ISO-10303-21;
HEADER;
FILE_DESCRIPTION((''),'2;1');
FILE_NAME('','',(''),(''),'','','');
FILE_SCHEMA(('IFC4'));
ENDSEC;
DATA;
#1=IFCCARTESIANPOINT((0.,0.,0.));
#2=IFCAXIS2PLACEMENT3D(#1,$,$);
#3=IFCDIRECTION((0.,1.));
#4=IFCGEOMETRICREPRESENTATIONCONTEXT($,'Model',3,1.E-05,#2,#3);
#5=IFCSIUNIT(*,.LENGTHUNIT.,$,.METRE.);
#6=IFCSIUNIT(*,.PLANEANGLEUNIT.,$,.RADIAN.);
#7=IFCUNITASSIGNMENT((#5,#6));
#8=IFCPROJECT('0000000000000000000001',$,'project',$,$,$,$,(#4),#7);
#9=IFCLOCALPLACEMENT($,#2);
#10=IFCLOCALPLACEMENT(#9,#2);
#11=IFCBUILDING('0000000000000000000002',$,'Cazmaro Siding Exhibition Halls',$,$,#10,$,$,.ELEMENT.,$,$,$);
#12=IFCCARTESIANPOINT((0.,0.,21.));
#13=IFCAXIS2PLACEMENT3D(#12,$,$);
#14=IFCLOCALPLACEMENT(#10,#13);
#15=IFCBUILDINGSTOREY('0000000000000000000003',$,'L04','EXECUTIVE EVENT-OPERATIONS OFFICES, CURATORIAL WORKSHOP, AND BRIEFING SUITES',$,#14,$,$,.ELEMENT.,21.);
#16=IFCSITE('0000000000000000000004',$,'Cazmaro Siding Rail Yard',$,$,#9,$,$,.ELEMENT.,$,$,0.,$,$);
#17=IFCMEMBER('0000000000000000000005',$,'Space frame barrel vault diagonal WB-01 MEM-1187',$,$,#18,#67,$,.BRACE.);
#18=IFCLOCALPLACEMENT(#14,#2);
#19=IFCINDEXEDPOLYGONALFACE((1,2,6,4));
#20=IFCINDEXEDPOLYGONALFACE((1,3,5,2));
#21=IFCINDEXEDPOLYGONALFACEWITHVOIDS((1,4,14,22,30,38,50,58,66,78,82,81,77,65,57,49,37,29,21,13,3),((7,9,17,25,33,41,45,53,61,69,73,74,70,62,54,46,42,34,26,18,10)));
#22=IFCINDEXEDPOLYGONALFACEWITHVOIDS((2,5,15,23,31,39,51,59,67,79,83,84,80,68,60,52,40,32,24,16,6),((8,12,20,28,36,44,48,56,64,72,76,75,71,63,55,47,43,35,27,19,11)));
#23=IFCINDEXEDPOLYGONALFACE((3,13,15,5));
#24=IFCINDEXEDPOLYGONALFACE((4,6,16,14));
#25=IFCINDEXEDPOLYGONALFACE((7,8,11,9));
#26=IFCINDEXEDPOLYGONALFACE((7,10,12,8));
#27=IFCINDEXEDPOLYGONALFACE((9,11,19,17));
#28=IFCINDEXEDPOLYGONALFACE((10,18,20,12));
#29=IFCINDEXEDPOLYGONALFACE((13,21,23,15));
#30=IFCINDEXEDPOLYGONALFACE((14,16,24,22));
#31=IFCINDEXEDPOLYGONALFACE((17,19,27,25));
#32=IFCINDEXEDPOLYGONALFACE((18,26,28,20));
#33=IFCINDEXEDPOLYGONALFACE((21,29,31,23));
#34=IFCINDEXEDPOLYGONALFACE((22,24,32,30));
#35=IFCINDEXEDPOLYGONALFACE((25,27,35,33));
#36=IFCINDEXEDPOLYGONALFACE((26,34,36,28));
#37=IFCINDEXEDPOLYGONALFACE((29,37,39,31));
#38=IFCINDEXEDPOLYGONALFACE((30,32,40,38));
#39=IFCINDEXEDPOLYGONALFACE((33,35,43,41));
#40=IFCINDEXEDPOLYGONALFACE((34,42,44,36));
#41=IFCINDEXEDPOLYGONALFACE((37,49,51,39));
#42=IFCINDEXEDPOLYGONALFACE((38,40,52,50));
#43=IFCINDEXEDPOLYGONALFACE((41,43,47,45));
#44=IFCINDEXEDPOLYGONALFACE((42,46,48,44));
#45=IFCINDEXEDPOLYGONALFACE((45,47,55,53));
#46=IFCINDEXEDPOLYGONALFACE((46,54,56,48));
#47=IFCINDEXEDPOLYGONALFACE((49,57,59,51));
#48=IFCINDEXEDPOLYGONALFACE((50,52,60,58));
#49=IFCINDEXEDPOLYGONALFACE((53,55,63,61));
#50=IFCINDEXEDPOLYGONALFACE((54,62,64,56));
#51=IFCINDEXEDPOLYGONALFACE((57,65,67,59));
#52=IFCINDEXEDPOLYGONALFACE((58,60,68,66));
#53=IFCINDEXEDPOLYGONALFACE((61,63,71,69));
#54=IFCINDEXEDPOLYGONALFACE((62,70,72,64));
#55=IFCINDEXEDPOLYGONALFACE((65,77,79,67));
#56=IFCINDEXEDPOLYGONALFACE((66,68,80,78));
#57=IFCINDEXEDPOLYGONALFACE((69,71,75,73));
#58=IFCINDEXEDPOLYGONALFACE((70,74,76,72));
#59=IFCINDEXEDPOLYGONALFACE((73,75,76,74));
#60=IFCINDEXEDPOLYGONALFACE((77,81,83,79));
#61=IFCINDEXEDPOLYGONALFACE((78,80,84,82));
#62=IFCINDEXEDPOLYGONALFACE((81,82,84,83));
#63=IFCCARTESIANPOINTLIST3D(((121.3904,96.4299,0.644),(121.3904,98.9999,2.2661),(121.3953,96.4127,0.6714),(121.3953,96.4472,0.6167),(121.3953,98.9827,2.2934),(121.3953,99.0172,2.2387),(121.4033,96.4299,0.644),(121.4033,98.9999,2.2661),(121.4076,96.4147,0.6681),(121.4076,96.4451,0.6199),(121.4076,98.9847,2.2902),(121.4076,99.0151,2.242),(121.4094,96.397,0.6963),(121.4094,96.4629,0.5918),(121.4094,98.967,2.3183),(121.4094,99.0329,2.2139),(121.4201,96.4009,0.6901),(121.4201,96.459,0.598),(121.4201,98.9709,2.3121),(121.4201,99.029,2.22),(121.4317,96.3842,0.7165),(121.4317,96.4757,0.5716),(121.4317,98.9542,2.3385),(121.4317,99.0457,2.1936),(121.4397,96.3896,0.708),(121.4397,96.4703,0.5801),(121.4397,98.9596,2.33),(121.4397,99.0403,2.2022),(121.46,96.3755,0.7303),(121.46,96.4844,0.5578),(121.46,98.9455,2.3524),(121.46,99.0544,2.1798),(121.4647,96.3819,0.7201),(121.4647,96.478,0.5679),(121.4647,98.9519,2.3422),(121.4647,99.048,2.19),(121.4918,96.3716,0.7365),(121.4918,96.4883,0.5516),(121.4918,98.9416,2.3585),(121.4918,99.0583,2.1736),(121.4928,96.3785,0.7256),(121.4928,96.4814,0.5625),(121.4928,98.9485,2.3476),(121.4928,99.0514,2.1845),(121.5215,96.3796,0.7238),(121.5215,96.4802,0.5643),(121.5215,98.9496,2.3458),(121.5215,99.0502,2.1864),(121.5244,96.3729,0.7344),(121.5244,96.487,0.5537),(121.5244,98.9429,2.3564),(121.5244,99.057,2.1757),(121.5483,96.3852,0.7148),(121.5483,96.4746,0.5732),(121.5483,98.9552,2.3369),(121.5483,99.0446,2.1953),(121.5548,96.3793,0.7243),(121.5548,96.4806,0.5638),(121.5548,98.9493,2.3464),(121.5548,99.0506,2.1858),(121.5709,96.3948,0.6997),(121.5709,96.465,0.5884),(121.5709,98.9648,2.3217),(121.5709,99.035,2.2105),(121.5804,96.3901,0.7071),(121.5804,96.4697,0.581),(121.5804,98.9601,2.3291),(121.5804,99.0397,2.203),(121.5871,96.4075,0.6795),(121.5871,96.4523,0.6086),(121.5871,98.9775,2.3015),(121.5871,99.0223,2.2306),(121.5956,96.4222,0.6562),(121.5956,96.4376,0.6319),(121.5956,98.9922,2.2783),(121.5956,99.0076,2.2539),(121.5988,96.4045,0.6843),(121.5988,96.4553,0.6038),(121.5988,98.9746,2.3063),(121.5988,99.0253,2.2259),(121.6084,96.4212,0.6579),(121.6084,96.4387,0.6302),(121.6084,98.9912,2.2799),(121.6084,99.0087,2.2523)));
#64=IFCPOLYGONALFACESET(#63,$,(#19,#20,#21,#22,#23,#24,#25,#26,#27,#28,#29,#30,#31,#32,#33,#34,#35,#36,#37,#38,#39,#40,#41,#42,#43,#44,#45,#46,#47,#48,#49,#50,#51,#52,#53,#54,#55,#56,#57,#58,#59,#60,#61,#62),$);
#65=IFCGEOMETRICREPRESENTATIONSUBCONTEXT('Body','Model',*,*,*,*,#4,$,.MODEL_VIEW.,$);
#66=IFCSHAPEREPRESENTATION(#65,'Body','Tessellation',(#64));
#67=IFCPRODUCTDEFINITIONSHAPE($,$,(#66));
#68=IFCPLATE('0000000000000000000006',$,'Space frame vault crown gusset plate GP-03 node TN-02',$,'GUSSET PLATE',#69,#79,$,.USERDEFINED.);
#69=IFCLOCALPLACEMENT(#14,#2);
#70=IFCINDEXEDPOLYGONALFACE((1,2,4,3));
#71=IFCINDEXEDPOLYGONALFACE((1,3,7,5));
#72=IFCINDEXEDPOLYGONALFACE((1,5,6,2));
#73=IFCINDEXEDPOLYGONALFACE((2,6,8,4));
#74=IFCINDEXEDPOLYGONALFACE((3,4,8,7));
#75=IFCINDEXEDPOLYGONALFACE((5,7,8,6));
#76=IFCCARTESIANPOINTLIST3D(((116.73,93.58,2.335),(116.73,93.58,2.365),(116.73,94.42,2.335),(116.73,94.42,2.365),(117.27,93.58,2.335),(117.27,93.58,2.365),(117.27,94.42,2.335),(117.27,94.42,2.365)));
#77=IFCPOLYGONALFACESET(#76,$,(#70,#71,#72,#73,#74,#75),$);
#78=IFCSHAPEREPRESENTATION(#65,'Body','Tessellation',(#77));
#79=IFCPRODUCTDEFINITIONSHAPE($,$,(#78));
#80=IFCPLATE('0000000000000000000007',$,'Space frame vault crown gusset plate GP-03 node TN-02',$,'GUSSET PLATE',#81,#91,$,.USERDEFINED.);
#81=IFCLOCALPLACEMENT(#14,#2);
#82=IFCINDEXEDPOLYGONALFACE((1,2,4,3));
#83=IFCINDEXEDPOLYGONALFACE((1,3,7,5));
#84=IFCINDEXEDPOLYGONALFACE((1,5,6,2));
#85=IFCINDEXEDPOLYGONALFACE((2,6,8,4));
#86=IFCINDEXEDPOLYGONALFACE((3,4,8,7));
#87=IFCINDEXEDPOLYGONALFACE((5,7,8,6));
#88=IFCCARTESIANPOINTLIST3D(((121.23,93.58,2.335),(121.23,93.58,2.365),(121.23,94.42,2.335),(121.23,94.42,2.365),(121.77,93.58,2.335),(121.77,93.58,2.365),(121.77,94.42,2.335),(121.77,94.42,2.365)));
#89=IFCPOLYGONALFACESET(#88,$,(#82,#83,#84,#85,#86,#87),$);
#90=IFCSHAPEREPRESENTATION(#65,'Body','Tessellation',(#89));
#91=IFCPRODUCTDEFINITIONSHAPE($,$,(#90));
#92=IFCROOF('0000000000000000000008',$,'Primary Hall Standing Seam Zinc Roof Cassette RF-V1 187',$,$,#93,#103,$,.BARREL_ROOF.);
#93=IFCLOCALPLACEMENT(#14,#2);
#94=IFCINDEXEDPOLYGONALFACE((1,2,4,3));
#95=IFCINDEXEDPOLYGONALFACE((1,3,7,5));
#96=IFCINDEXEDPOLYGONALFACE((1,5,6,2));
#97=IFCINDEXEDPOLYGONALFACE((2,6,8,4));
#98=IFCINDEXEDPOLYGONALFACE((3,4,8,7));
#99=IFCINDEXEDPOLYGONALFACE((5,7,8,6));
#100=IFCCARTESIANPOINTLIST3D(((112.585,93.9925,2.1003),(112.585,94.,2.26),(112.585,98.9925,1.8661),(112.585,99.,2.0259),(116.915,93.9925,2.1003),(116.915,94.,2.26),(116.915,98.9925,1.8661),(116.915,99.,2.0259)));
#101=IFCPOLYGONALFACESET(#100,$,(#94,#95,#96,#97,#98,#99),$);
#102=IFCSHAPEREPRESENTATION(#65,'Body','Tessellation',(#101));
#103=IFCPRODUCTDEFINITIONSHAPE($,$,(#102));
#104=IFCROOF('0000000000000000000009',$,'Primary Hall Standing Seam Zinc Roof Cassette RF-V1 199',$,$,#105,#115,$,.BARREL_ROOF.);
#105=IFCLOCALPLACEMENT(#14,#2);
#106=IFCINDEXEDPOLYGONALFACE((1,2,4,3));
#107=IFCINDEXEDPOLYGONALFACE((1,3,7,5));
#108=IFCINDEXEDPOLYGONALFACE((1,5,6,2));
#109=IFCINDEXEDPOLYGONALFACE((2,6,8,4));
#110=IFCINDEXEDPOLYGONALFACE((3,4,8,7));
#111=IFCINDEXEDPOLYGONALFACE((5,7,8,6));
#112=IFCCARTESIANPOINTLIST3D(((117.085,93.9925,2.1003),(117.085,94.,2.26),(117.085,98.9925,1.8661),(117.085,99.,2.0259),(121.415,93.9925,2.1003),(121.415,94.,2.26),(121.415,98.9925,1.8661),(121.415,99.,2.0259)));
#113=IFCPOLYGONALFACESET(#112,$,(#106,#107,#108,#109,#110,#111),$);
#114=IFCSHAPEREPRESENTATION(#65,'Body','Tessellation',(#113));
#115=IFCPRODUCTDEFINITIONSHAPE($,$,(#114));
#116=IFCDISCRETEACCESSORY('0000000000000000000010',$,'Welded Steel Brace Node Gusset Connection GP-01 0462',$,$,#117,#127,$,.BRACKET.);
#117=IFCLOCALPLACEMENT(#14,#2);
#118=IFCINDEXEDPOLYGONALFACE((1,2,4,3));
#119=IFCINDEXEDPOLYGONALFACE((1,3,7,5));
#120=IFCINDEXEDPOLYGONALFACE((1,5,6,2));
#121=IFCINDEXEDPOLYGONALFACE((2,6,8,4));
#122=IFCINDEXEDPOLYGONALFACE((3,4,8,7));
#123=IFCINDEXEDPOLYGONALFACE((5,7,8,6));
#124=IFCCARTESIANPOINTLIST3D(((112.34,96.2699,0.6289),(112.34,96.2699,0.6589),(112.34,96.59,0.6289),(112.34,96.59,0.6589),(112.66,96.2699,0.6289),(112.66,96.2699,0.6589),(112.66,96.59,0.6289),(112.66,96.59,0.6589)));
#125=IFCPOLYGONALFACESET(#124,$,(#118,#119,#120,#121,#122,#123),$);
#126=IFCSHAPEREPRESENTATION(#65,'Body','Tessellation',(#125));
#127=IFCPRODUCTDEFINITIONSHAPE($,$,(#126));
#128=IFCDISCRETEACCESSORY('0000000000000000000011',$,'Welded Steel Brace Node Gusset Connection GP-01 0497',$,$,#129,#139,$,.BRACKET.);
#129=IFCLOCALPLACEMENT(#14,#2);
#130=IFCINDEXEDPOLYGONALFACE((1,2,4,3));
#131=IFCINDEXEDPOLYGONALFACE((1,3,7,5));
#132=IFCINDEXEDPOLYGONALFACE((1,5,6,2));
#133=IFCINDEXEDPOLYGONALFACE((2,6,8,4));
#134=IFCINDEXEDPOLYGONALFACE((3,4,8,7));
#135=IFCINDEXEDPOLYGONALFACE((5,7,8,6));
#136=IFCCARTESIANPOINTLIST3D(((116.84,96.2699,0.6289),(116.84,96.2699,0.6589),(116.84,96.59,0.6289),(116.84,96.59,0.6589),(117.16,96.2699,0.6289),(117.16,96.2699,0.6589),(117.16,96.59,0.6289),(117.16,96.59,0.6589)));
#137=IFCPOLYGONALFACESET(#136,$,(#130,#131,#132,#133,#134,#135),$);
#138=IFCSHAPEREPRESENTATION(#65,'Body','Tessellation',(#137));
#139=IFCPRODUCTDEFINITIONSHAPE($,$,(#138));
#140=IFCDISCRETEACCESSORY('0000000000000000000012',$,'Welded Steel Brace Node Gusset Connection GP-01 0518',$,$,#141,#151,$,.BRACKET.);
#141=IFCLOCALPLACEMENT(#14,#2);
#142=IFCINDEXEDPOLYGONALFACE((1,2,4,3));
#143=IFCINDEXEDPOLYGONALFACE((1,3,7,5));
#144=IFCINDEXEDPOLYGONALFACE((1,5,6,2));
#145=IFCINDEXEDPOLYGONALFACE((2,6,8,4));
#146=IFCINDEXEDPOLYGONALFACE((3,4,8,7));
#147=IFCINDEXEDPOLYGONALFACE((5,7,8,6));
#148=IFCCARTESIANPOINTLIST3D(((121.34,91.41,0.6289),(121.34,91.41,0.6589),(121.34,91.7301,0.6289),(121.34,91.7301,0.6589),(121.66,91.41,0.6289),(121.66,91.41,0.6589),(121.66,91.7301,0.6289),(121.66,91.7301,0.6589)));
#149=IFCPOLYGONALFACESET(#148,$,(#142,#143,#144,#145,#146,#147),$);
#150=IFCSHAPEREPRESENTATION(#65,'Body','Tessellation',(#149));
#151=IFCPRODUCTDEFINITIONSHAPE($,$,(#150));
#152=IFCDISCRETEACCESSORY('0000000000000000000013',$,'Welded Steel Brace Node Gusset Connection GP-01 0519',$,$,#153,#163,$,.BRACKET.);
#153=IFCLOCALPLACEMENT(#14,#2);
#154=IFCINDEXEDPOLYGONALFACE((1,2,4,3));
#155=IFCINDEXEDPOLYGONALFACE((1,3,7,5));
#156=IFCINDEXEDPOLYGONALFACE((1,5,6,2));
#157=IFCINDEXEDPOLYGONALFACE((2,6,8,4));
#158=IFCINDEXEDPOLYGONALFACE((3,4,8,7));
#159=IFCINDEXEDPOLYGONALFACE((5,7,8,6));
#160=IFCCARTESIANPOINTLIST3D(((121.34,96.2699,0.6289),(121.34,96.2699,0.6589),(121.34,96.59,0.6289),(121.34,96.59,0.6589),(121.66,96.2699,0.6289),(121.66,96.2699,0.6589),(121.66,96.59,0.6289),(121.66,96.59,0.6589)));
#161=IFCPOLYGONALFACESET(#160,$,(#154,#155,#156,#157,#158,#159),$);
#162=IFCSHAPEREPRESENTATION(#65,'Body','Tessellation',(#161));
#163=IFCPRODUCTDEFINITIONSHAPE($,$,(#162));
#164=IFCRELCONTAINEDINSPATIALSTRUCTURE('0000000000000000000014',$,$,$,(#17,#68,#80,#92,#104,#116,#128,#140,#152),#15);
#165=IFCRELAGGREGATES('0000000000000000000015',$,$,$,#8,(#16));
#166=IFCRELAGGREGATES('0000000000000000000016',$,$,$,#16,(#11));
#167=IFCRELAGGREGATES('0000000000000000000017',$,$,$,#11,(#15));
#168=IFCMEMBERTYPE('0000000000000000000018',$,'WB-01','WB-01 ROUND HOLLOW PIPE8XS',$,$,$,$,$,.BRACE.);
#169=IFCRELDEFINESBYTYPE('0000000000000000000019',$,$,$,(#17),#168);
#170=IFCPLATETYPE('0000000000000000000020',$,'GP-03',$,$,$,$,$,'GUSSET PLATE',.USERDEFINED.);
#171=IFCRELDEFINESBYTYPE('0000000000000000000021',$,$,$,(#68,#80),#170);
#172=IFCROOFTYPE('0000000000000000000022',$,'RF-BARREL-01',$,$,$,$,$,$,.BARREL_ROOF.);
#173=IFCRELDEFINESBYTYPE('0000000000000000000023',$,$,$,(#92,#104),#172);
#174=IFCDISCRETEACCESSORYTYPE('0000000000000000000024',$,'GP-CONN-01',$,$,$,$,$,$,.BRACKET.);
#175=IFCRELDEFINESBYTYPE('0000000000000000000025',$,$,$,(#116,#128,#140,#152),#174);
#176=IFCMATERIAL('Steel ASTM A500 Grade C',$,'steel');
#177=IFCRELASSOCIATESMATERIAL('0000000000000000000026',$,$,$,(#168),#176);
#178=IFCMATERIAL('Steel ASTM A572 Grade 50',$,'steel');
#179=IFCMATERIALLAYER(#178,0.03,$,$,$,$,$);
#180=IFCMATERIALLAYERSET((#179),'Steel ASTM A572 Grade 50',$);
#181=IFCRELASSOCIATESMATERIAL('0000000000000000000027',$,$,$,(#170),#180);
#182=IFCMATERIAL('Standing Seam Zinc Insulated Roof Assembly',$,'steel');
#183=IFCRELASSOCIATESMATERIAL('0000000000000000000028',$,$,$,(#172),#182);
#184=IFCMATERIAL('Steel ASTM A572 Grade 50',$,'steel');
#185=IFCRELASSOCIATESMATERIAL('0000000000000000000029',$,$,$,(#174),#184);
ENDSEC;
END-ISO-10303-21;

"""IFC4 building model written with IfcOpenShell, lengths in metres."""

from ifc_helpers import new_model, si_unit, direction, frame, origin, origin_2d, place, context, subcontext, project, spatial, polyline, rectangle, hollow_circle, outline, extrude, material, layer, layer_set, material_profile, profile_set, type_object, element, save


model = new_model("IFC4")

# Units and contexts
model_context = context("Model", 3, precision=1e-05, world=origin(), true_north=direction((0.0, 1.0)))
body_context = subcontext(model_context, "Body", "Model", "MODEL_VIEW")
ifc_project = project(units=[si_unit("LENGTHUNIT", "METRE"), si_unit("PLANEANGLEUNIT", "RADIAN")], contexts=[model_context])

# Site, building, storey
site_placement = place(None, origin())
site = spatial("IfcSite", under=ifc_project, at=site_placement, Name="Cazmaro Siding Rail Yard", CompositionType="ELEMENT", RefElevation=0.0)
building_placement = place(site_placement, origin())
building = spatial("IfcBuilding", under=site, at=building_placement, Name="Cazmaro Siding Exhibition Halls", CompositionType="ELEMENT")
storey_placement = place(building_placement, frame((0.0, 0.0, 21.0)))
storey = spatial("IfcBuildingStorey", under=building, at=storey_placement, Name="L04", Description="EXECUTIVE EVENT-OPERATIONS OFFICES, CURATORIAL WORKSHOP, AND BRIEFING SUITES", CompositionType="ELEMENT", Elevation=21.0)

# Member
ifc_material_1 = material(Name="Steel ASTM A500 Grade C", Category="steel")
ifc_material_profile_1 = material_profile(ifc_material_1, hollow_circle(Radius=0.1096, WallThickness=0.0129, at=origin_2d()), Name="PIPE8XS")
ifc_profile_set_1 = profile_set([ifc_material_profile_1], Name="Steel ASTM A500 Grade C")
member_type_1 = type_object("IfcMemberType", Name="WB-01", Description="WB-01 ROUND HOLLOW PIPE8XS", PredefinedType="BRACE", material=ifc_profile_set_1)
member_1_placement = place(storey_placement, frame((121.5, 96.4299, 0.644), z_axis=(0.0, 0.845657, 0.533727), x_axis=(-1.0, 0.0, 0.0)))
element("IfcMember", 1, at=member_1_placement, inside=storey, type_object=member_type_1, Name="Space frame barrel vault diagonal WB-01 MEM-1187", PredefinedType="BRACE", context=body_context, shape_type="SweptSolid", body=[
    extrude(hollow_circle(Radius=0.1096, WallThickness=0.0129, at=origin_2d()), origin(), (0.0, 0.0, 1.0), 3.0391),
])

# Plates
ifc_material_2 = material(Name="Steel ASTM A572 Grade 50", Category="steel")
ifc_layer = layer(ifc_material_2, 0.03)
ifc_layer_set = layer_set([ifc_layer], Name="Steel ASTM A572 Grade 50")
plate_type = type_object("IfcPlateType", Name="GP-03", ElementType="GUSSET PLATE", PredefinedType="USERDEFINED", material=ifc_layer_set)
for number, where, z_axis, x_axis, name in (
    (2, (117.0, 94.0, 2.335), (0.0, 0.0, 1.0), (0.0, 1.0, 0.0), "Space frame vault crown gusset plate GP-03 node TN-02"),
    (3, (121.5, 94.0, 2.335), (0.0, 0.0, 1.0), (0.0, 1.0, 0.0), "Space frame vault crown gusset plate GP-03 node TN-02"),
):
    element("IfcPlate", number, at=place(storey_placement, frame(where, z_axis=z_axis, x_axis=x_axis)), inside=storey, type_object=plate_type, Name=name, ObjectType="GUSSET PLATE", PredefinedType="USERDEFINED", context=body_context, shape_type="SweptSolid", body=[
        extrude(rectangle(XDim=0.8401, YDim=0.54, at=origin_2d()), origin(), (0.0, 0.0, 1.0), 0.03),
    ])

# Roofs
ifc_material_3 = material(Name="Standing Seam Zinc Insulated Roof Assembly", Category="steel")
roof_type = type_object("IfcRoofType", Name="RF-BARREL-01", PredefinedType="BARREL_ROOF", material=ifc_material_3)
for number, where, z_axis, x_axis, name in (
    (4, (112.585, 94.0, 2.26), (0.0, 0.046775, 0.998905), (1.0, 0.0, 0.0), "Primary Hall Standing Seam Zinc Roof Cassette RF-V1 187"),
    (5, (117.085, 94.0, 2.26), (0.0, 0.046775, 0.998905), (1.0, 0.0, 0.0), "Primary Hall Standing Seam Zinc Roof Cassette RF-V1 199"),
):
    element("IfcRoof", number, at=place(storey_placement, frame(where, z_axis=z_axis, x_axis=x_axis)), inside=storey, type_object=roof_type, Name=name, PredefinedType="BARREL_ROOF", context=body_context, shape_type="SweptSolid", body=[
        extrude(outline(polyline([(0.0, 0.0), (4.3301, 0.0), (4.3301, 5.0055), (0.0, 5.0055), (0.0, 0.0)])), origin(), (0.0, 0.0, -1.0), 0.1599),
    ])

# Discrete accessories
ifc_material_4 = material(Name="Steel ASTM A572 Grade 50", Category="steel")
discrete_accessory_type = type_object("IfcDiscreteAccessoryType", Name="GP-CONN-01", PredefinedType="BRACKET", material=ifc_material_4)
for number, where, z_axis, x_axis, name in (
    (6, (112.5, 96.4299, 0.6289), (0.0, 0.0, 1.0), (1.0, 0.0, 0.0), "Welded Steel Brace Node Gusset Connection GP-01 0462"),
    (7, (117.0, 96.4299, 0.6289), (0.0, 0.0, 1.0), (1.0, 0.0, 0.0), "Welded Steel Brace Node Gusset Connection GP-01 0497"),
    (8, (121.5, 91.5701, 0.6289), (0.0, 0.0, 1.0), (1.0, 0.0, 0.0), "Welded Steel Brace Node Gusset Connection GP-01 0518"),
    (9, (121.5, 96.4299, 0.6289), (0.0, 0.0, 1.0), (1.0, 0.0, 0.0), "Welded Steel Brace Node Gusset Connection GP-01 0519"),
):
    element("IfcDiscreteAccessory", number, at=place(storey_placement, frame(where, z_axis=z_axis, x_axis=x_axis)), inside=storey, type_object=discrete_accessory_type, Name=name, PredefinedType="BRACKET", context=body_context, shape_type="SweptSolid", body=[
        extrude(rectangle(XDim=0.3201, YDim=0.3201, at=origin_2d()), origin(), (0.0, 0.0, 1.0), 0.03),
    ])

save(model, "model.ifc")
